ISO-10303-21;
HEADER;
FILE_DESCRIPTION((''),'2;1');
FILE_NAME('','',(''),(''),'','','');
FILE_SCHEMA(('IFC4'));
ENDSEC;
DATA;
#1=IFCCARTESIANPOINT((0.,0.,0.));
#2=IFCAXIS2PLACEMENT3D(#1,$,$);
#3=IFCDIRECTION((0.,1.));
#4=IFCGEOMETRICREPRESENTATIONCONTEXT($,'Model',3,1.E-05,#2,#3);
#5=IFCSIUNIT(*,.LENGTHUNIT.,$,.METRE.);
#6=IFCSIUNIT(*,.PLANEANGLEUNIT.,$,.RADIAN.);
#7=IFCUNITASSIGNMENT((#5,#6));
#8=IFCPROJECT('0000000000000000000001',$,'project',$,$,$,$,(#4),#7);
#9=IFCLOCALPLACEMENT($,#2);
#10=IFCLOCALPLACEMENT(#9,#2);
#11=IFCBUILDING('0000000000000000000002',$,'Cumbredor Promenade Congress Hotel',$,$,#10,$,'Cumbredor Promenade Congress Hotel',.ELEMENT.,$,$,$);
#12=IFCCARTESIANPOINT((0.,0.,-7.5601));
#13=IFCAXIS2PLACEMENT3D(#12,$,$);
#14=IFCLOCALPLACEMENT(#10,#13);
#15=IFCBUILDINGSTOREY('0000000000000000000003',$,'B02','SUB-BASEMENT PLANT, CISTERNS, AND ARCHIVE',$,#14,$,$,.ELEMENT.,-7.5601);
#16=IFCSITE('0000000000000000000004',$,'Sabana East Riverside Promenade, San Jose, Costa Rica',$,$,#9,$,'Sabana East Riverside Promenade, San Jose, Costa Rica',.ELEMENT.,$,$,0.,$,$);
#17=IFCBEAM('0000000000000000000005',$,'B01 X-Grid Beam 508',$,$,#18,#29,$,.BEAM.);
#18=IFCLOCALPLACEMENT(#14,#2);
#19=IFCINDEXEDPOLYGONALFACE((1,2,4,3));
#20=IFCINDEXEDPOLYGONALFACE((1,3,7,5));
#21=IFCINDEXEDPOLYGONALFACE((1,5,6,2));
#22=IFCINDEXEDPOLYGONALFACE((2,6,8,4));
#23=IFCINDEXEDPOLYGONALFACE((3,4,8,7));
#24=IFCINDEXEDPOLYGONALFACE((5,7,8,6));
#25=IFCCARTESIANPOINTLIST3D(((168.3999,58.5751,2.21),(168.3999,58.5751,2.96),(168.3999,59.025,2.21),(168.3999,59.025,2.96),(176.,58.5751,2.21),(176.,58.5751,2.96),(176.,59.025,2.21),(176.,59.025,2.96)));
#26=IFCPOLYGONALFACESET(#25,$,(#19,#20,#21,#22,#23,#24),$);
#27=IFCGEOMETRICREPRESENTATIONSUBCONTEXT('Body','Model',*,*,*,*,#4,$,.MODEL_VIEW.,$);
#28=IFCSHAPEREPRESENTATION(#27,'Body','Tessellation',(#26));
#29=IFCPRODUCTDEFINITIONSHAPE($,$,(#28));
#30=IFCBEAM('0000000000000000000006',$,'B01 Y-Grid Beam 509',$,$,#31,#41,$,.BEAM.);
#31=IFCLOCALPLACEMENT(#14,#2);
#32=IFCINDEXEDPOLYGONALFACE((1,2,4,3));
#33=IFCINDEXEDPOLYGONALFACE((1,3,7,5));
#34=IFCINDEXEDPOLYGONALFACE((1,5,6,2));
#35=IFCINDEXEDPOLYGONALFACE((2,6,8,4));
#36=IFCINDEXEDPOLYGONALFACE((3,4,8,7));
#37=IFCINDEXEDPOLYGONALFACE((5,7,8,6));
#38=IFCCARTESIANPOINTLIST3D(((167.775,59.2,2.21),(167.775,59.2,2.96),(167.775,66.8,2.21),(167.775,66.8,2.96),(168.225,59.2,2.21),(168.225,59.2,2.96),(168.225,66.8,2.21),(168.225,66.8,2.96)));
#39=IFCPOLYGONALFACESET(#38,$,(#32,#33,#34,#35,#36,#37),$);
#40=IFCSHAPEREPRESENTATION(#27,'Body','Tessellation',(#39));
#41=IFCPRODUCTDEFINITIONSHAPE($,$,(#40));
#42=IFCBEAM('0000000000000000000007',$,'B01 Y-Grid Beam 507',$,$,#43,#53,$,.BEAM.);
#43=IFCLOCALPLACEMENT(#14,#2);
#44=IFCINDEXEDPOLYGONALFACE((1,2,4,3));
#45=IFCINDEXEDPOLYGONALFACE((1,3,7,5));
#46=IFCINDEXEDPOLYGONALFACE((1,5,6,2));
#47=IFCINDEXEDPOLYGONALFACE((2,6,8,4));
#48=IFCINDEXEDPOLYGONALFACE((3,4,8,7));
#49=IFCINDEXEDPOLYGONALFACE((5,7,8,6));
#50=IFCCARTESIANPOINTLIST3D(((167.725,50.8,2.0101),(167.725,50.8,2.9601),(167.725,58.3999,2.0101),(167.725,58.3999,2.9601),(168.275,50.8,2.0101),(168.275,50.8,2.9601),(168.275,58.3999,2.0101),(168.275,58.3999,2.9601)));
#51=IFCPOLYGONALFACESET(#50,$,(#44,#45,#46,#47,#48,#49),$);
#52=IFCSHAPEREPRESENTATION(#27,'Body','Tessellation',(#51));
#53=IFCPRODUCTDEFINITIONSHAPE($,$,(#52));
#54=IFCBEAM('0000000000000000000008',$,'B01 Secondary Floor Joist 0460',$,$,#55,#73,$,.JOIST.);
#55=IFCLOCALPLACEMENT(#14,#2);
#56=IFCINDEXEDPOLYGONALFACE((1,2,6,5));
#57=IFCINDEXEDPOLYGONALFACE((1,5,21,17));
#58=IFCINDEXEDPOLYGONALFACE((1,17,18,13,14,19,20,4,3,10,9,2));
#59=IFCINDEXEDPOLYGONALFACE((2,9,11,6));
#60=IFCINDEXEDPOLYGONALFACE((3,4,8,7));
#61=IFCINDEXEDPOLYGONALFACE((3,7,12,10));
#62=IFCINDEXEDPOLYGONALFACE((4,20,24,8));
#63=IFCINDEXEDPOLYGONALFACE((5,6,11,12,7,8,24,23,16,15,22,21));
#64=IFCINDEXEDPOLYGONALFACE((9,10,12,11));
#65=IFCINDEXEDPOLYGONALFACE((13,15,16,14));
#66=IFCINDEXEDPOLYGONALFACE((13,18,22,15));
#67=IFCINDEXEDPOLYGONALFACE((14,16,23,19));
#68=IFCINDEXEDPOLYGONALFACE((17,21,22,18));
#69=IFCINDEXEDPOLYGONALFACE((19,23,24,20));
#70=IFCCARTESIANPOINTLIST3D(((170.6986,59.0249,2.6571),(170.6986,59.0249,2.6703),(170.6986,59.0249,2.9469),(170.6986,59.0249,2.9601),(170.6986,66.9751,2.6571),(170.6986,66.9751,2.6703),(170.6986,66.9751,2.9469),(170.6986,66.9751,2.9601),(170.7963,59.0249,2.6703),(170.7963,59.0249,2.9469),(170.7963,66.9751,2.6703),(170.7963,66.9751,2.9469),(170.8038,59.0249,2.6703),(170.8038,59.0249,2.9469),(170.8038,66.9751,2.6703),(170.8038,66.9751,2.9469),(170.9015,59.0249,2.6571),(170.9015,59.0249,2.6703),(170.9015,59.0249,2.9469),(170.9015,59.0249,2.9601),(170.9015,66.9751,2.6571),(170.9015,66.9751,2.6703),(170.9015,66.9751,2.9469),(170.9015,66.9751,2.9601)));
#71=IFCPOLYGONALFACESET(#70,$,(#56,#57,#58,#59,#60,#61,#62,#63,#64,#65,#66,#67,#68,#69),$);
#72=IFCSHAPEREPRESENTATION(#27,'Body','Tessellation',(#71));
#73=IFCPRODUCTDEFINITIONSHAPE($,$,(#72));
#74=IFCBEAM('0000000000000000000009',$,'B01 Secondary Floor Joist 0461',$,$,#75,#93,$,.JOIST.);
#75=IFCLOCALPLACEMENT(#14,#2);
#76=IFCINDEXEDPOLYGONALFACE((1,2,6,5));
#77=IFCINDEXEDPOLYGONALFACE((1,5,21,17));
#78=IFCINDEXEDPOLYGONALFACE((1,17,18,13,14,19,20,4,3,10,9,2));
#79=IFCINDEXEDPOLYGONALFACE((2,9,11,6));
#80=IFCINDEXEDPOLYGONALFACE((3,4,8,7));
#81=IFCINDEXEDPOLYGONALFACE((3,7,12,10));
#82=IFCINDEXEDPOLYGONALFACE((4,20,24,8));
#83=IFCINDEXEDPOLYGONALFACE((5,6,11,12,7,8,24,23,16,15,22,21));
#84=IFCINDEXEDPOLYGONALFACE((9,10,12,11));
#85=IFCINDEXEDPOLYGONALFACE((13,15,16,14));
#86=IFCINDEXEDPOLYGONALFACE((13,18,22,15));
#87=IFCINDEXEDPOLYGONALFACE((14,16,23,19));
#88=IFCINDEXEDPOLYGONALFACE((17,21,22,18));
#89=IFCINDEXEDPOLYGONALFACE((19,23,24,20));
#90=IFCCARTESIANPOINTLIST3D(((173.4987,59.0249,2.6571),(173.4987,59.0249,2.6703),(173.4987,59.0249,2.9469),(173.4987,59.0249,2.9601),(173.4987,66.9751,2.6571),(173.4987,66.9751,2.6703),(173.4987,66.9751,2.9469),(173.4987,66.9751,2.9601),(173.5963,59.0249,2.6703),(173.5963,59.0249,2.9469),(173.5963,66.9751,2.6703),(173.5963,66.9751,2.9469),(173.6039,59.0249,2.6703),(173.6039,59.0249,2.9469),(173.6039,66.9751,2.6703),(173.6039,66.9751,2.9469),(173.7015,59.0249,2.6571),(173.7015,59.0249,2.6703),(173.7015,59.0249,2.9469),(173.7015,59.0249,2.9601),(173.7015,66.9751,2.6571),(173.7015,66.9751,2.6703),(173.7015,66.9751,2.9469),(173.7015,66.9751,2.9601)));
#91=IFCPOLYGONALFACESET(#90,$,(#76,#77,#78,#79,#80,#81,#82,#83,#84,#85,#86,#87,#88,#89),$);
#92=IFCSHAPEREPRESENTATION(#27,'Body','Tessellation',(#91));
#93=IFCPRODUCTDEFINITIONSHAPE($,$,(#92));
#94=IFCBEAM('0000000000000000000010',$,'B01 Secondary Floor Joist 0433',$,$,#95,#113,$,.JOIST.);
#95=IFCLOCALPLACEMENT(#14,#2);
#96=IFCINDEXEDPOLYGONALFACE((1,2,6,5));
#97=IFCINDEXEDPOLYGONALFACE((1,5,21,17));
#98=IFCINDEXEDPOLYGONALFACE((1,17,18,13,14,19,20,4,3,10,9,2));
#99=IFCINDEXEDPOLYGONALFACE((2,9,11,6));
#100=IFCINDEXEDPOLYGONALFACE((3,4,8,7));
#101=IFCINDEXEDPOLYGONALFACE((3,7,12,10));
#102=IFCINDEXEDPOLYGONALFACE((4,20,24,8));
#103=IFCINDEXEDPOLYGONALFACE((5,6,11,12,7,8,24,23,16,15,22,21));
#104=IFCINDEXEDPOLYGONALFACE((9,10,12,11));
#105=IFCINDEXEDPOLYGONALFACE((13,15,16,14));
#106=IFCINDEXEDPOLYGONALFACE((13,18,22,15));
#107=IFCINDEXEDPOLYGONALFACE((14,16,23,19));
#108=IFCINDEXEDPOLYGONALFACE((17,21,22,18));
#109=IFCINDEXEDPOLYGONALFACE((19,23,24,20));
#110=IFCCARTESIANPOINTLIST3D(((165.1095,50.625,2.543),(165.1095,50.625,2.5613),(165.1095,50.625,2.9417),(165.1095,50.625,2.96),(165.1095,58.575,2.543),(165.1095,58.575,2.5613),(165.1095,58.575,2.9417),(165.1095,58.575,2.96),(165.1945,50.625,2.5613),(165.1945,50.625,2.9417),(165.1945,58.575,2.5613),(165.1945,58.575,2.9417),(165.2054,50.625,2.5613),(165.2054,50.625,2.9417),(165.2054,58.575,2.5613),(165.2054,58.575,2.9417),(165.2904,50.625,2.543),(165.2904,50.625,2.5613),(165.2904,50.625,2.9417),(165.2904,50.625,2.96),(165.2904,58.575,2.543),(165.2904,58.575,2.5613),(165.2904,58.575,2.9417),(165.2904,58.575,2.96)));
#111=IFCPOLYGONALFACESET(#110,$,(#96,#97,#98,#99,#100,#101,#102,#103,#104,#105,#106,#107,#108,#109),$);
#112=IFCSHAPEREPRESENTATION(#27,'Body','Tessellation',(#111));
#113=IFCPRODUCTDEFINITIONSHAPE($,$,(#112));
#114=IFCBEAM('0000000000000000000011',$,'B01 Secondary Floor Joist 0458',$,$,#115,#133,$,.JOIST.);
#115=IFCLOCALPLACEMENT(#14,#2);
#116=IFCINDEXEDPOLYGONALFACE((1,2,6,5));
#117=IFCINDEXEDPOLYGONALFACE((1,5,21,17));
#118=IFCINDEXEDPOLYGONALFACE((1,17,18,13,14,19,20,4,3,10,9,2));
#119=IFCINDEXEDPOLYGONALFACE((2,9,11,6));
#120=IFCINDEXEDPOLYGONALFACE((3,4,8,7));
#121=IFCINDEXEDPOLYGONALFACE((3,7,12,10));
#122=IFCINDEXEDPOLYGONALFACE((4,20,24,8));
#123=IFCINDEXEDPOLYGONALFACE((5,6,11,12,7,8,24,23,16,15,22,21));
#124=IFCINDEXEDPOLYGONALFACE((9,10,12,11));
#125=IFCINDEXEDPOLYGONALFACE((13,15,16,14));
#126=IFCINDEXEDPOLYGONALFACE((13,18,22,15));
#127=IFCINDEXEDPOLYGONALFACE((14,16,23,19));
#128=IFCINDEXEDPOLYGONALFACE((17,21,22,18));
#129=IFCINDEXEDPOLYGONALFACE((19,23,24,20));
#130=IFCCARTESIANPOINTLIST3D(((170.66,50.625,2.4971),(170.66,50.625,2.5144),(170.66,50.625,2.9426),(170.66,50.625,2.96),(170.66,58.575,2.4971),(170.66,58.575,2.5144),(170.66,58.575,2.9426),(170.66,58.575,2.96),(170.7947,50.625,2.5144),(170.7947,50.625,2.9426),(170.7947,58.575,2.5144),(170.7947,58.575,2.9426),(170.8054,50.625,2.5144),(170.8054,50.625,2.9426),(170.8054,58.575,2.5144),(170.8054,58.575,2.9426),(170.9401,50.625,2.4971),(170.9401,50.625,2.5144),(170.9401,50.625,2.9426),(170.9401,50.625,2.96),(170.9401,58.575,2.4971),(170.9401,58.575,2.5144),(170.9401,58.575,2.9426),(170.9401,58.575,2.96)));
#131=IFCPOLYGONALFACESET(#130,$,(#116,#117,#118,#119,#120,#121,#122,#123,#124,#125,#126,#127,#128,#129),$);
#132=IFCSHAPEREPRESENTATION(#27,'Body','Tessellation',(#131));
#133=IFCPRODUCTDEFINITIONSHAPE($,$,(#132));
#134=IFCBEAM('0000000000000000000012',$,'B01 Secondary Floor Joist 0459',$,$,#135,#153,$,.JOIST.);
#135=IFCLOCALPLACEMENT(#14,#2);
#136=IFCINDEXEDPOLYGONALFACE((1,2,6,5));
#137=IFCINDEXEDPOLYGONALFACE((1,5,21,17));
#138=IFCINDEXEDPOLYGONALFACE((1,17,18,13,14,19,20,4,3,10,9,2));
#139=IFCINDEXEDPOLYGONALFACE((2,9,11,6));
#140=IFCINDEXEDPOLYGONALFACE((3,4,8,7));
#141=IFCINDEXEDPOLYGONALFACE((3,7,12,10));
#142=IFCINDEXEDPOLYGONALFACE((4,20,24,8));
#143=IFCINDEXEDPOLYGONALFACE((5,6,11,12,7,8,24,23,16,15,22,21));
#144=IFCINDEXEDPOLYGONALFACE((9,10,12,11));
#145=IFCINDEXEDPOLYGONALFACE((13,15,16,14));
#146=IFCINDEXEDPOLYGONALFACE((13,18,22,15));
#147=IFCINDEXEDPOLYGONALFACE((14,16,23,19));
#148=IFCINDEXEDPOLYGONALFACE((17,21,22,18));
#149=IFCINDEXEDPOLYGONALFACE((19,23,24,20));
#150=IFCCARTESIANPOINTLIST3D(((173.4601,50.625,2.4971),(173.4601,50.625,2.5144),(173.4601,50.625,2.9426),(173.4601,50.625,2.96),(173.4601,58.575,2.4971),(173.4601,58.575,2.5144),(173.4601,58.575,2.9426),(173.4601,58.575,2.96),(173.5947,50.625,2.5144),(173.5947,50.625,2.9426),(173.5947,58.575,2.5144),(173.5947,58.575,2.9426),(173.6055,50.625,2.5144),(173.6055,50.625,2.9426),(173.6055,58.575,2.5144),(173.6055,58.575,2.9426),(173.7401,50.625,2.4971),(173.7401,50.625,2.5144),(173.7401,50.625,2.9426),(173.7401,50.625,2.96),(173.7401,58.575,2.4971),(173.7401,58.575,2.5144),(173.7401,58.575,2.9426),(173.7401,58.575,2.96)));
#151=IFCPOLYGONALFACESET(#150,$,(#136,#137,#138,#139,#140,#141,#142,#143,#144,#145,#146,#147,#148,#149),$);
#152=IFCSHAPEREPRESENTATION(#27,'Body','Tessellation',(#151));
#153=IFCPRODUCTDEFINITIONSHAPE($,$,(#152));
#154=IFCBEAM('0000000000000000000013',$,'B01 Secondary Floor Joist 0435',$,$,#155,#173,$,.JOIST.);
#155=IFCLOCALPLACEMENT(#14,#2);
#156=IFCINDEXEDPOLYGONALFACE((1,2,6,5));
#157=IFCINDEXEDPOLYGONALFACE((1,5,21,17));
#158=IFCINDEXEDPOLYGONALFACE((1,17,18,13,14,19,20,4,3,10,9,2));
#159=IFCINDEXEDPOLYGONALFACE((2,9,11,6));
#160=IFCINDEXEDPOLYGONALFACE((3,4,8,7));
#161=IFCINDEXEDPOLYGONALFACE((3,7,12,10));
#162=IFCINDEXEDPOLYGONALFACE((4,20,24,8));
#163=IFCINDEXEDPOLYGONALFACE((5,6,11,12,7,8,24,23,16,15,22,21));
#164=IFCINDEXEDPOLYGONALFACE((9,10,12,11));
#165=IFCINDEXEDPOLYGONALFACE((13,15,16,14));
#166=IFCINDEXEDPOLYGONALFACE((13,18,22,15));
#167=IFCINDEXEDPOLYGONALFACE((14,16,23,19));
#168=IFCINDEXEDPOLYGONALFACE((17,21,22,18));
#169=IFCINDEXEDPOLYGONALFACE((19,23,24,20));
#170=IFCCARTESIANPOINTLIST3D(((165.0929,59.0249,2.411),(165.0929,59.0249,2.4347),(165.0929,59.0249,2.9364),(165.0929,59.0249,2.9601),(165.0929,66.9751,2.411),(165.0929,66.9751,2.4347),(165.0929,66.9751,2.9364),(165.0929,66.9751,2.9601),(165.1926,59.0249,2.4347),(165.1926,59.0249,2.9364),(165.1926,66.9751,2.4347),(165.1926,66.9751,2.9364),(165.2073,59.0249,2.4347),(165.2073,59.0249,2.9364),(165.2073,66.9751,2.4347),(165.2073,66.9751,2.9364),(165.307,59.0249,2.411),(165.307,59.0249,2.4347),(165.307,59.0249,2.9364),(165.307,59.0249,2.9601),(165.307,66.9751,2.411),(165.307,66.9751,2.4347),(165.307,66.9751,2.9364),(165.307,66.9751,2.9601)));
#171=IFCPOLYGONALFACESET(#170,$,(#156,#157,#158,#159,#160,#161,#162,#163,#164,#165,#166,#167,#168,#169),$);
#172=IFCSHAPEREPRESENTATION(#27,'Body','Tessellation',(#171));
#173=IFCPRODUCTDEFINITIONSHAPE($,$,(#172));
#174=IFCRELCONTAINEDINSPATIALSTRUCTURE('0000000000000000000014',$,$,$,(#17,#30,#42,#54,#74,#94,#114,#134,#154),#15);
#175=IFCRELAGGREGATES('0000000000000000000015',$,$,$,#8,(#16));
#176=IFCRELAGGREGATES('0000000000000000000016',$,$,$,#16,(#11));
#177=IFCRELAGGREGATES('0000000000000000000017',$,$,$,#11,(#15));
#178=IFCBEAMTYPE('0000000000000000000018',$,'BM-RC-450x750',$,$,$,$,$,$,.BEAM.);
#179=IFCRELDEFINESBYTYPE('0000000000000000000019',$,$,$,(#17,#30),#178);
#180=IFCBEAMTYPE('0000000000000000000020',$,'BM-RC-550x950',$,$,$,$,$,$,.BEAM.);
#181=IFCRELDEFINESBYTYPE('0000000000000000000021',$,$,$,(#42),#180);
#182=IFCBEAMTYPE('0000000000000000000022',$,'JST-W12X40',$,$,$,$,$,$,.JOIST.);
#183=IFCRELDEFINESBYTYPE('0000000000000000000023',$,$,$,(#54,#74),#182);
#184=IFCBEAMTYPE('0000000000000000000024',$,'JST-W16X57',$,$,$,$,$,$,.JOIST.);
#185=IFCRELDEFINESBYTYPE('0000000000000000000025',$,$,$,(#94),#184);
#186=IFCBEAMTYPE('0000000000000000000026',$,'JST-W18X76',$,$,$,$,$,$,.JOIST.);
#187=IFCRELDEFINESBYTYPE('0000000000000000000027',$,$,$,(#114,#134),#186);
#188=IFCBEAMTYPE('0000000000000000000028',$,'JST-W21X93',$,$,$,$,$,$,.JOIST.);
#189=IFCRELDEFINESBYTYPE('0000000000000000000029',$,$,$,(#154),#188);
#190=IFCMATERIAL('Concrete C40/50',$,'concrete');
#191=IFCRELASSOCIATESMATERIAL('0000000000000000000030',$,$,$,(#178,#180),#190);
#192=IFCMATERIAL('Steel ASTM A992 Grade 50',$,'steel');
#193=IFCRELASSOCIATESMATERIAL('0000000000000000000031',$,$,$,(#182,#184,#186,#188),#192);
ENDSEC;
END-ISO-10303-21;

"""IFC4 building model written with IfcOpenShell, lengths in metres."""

from ifc_helpers import new_model, si_unit, direction, frame, origin, origin_2d, place, context, subcontext, project, spatial, rectangle, i_section, extrude, material, material_profile, profile_set, type_object, element, save


model = new_model("IFC4")

# Units and contexts
model_context = context("Model", 3, precision=1e-05, world=origin(), true_north=direction((0.0, 1.0)))
body_context = subcontext(model_context, "Body", "Model", "MODEL_VIEW")
ifc_project = project(units=[si_unit("LENGTHUNIT", "METRE"), si_unit("PLANEANGLEUNIT", "RADIAN")], contexts=[model_context])

# Site, building, storey
site_placement = place(None, origin())
site = spatial("IfcSite", under=ifc_project, at=site_placement, Name="Sabana East Riverside Promenade, San Jose, Costa Rica", LongName="Sabana East Riverside Promenade, San Jose, Costa Rica", CompositionType="ELEMENT", RefElevation=0.0)
building_placement = place(site_placement, origin())
building = spatial("IfcBuilding", under=site, at=building_placement, Name="Cumbredor Promenade Congress Hotel", LongName="Cumbredor Promenade Congress Hotel", CompositionType="ELEMENT")
storey_placement = place(building_placement, frame((0.0, 0.0, -7.5601)))
storey = spatial("IfcBuildingStorey", under=building, at=storey_placement, Name="B02", Description="SUB-BASEMENT PLANT, CISTERNS, AND ARCHIVE", CompositionType="ELEMENT", Elevation=-7.5601)

# Shared definitions
ifc_material_1 = material(Name="Concrete C40/50", Category="concrete")

# Beams
ifc_material_profile_1 = material_profile(ifc_material_1, rectangle(XDim=0.45, YDim=0.75, at=origin_2d()), Name="RC BEAM 450x750")
ifc_profile_set_1 = profile_set([ifc_material_profile_1], Name="Concrete C40/50")
beam_type_1 = type_object("IfcBeamType", Name="BM-RC-450x750", PredefinedType="BEAM", material=ifc_profile_set_1)
for number, where, z_axis, x_axis, name in (
    (1, (168.3999, 58.8, 2.585), (1.0, 0.0, 0.0), (0.0, 1.0, 0.0), "B01 X-Grid Beam 508"),
    (2, (168.0, 59.2, 2.585), (0.0, 1.0, 0.0), (-1.0, 0.0, 0.0), "B01 Y-Grid Beam 509"),
):
    element("IfcBeam", number, at=place(storey_placement, frame(where, z_axis=z_axis, x_axis=x_axis)), inside=storey, type_object=beam_type_1, Name=name, PredefinedType="BEAM", context=body_context, shape_type="SweptSolid", body=[
        extrude(rectangle(XDim=0.45, YDim=0.75, at=origin_2d()), origin(), (0.0, 0.0, 1.0), 7.6001),
    ])
ifc_material_profile_2 = material_profile(ifc_material_1, rectangle(XDim=0.55, YDim=0.95, at=origin_2d()), Name="RC BEAM 550x950")
ifc_profile_set_2 = profile_set([ifc_material_profile_2], Name="Concrete C40/50")
beam_type_2 = type_object("IfcBeamType", Name="BM-RC-550x950", PredefinedType="BEAM", material=ifc_profile_set_2)
beam_1_placement = place(storey_placement, frame((168.0, 50.8, 2.4851), z_axis=(0.0, 1.0, 0.0), x_axis=(-1.0, 0.0, 0.0)))
element("IfcBeam", 3, at=beam_1_placement, inside=storey, type_object=beam_type_2, Name="B01 Y-Grid Beam 507", PredefinedType="BEAM", context=body_context, shape_type="SweptSolid", body=[
    extrude(rectangle(XDim=0.55, YDim=0.95, at=origin_2d()), origin(), (0.0, 0.0, 1.0), 7.5999),
])
ifc_material_2 = material(Name="Steel ASTM A992 Grade 50", Category="steel")
ifc_material_profile_3 = material_profile(ifc_material_2, i_section(OverallWidth=0.2029, OverallDepth=0.303, WebThickness=0.0076, FlangeThickness=0.0132, at=origin_2d()), Name="W12X40")
ifc_profile_set_3 = profile_set([ifc_material_profile_3], Name="Steel ASTM A992 Grade 50")
beam_type_3 = type_object("IfcBeamType", Name="JST-W12X40", PredefinedType="JOIST", material=ifc_profile_set_3)
for number, where, z_axis, x_axis, name in (
    (4, (170.8, 59.0249, 2.8086), (0.0, 1.0, 0.0), (-1.0, 0.0, 0.0), "B01 Secondary Floor Joist 0460"),
    (5, (173.6001, 59.0249, 2.8086), (0.0, 1.0, 0.0), (-1.0, 0.0, 0.0), "B01 Secondary Floor Joist 0461"),
):
    element("IfcBeam", number, at=place(storey_placement, frame(where, z_axis=z_axis, x_axis=x_axis)), inside=storey, type_object=beam_type_3, Name=name, PredefinedType="JOIST", context=body_context, shape_type="SweptSolid", body=[
        extrude(i_section(OverallWidth=0.2029, OverallDepth=0.303, WebThickness=0.0076, FlangeThickness=0.0132, at=origin_2d()), origin(), (0.0, 0.0, 1.0), 7.9502),
    ])
ifc_material_profile_4 = material_profile(ifc_material_2, i_section(OverallWidth=0.1809, OverallDepth=0.417, WebThickness=0.011, FlangeThickness=0.0183, at=origin_2d()), Name="W16X57")
ifc_profile_set_4 = profile_set([ifc_material_profile_4], Name="Steel ASTM A992 Grade 50")
beam_type_4 = type_object("IfcBeamType", Name="JST-W16X57", PredefinedType="JOIST", material=ifc_profile_set_4)
beam_2_placement = place(storey_placement, frame((165.2, 50.625, 2.7515), z_axis=(0.0, 1.0, 0.0), x_axis=(-1.0, 0.0, 0.0)))
element("IfcBeam", 6, at=beam_2_placement, inside=storey, type_object=beam_type_4, Name="B01 Secondary Floor Joist 0433", PredefinedType="JOIST", context=body_context, shape_type="SweptSolid", body=[
    extrude(i_section(OverallWidth=0.1809, OverallDepth=0.417, WebThickness=0.011, FlangeThickness=0.0183, at=origin_2d()), origin(), (0.0, 0.0, 1.0), 7.95),
])
ifc_material_profile_5 = material_profile(ifc_material_2, i_section(OverallWidth=0.28, OverallDepth=0.4629, WebThickness=0.0107, FlangeThickness=0.0173, at=origin_2d()), Name="W18X76")
ifc_profile_set_5 = profile_set([ifc_material_profile_5], Name="Steel ASTM A992 Grade 50")
beam_type_5 = type_object("IfcBeamType", Name="JST-W18X76", PredefinedType="JOIST", material=ifc_profile_set_5)
for number, where, z_axis, x_axis, name in (
    (7, (170.8, 50.625, 2.7285), (0.0, 1.0, 0.0), (-1.0, 0.0, 0.0), "B01 Secondary Floor Joist 0458"),
    (8, (173.6001, 50.625, 2.7285), (0.0, 1.0, 0.0), (-1.0, 0.0, 0.0), "B01 Secondary Floor Joist 0459"),
):
    element("IfcBeam", number, at=place(storey_placement, frame(where, z_axis=z_axis, x_axis=x_axis)), inside=storey, type_object=beam_type_5, Name=name, PredefinedType="JOIST", context=body_context, shape_type="SweptSolid", body=[
        extrude(i_section(OverallWidth=0.28, OverallDepth=0.4629, WebThickness=0.0107, FlangeThickness=0.0173, at=origin_2d()), origin(), (0.0, 0.0, 1.0), 7.95),
    ])
ifc_material_profile_6 = material_profile(ifc_material_2, i_section(OverallWidth=0.2141, OverallDepth=0.5491, WebThickness=0.0146, FlangeThickness=0.0237, at=origin_2d()), Name="W21X93")
ifc_profile_set_6 = profile_set([ifc_material_profile_6], Name="Steel ASTM A992 Grade 50")
beam_type_6 = type_object("IfcBeamType", Name="JST-W21X93", PredefinedType="JOIST", material=ifc_profile_set_6)
beam_3_placement = place(storey_placement, frame((165.2, 59.0249, 2.6855), z_axis=(0.0, 1.0, 0.0), x_axis=(-1.0, 0.0, 0.0)))
element("IfcBeam", 9, at=beam_3_placement, inside=storey, type_object=beam_type_6, Name="B01 Secondary Floor Joist 0435", PredefinedType="JOIST", context=body_context, shape_type="SweptSolid", body=[
    extrude(i_section(OverallWidth=0.2141, OverallDepth=0.5491, WebThickness=0.0146, FlangeThickness=0.0237, at=origin_2d()), origin(), (0.0, 0.0, 1.0), 7.9502),
])

save(model, "model.ifc")
